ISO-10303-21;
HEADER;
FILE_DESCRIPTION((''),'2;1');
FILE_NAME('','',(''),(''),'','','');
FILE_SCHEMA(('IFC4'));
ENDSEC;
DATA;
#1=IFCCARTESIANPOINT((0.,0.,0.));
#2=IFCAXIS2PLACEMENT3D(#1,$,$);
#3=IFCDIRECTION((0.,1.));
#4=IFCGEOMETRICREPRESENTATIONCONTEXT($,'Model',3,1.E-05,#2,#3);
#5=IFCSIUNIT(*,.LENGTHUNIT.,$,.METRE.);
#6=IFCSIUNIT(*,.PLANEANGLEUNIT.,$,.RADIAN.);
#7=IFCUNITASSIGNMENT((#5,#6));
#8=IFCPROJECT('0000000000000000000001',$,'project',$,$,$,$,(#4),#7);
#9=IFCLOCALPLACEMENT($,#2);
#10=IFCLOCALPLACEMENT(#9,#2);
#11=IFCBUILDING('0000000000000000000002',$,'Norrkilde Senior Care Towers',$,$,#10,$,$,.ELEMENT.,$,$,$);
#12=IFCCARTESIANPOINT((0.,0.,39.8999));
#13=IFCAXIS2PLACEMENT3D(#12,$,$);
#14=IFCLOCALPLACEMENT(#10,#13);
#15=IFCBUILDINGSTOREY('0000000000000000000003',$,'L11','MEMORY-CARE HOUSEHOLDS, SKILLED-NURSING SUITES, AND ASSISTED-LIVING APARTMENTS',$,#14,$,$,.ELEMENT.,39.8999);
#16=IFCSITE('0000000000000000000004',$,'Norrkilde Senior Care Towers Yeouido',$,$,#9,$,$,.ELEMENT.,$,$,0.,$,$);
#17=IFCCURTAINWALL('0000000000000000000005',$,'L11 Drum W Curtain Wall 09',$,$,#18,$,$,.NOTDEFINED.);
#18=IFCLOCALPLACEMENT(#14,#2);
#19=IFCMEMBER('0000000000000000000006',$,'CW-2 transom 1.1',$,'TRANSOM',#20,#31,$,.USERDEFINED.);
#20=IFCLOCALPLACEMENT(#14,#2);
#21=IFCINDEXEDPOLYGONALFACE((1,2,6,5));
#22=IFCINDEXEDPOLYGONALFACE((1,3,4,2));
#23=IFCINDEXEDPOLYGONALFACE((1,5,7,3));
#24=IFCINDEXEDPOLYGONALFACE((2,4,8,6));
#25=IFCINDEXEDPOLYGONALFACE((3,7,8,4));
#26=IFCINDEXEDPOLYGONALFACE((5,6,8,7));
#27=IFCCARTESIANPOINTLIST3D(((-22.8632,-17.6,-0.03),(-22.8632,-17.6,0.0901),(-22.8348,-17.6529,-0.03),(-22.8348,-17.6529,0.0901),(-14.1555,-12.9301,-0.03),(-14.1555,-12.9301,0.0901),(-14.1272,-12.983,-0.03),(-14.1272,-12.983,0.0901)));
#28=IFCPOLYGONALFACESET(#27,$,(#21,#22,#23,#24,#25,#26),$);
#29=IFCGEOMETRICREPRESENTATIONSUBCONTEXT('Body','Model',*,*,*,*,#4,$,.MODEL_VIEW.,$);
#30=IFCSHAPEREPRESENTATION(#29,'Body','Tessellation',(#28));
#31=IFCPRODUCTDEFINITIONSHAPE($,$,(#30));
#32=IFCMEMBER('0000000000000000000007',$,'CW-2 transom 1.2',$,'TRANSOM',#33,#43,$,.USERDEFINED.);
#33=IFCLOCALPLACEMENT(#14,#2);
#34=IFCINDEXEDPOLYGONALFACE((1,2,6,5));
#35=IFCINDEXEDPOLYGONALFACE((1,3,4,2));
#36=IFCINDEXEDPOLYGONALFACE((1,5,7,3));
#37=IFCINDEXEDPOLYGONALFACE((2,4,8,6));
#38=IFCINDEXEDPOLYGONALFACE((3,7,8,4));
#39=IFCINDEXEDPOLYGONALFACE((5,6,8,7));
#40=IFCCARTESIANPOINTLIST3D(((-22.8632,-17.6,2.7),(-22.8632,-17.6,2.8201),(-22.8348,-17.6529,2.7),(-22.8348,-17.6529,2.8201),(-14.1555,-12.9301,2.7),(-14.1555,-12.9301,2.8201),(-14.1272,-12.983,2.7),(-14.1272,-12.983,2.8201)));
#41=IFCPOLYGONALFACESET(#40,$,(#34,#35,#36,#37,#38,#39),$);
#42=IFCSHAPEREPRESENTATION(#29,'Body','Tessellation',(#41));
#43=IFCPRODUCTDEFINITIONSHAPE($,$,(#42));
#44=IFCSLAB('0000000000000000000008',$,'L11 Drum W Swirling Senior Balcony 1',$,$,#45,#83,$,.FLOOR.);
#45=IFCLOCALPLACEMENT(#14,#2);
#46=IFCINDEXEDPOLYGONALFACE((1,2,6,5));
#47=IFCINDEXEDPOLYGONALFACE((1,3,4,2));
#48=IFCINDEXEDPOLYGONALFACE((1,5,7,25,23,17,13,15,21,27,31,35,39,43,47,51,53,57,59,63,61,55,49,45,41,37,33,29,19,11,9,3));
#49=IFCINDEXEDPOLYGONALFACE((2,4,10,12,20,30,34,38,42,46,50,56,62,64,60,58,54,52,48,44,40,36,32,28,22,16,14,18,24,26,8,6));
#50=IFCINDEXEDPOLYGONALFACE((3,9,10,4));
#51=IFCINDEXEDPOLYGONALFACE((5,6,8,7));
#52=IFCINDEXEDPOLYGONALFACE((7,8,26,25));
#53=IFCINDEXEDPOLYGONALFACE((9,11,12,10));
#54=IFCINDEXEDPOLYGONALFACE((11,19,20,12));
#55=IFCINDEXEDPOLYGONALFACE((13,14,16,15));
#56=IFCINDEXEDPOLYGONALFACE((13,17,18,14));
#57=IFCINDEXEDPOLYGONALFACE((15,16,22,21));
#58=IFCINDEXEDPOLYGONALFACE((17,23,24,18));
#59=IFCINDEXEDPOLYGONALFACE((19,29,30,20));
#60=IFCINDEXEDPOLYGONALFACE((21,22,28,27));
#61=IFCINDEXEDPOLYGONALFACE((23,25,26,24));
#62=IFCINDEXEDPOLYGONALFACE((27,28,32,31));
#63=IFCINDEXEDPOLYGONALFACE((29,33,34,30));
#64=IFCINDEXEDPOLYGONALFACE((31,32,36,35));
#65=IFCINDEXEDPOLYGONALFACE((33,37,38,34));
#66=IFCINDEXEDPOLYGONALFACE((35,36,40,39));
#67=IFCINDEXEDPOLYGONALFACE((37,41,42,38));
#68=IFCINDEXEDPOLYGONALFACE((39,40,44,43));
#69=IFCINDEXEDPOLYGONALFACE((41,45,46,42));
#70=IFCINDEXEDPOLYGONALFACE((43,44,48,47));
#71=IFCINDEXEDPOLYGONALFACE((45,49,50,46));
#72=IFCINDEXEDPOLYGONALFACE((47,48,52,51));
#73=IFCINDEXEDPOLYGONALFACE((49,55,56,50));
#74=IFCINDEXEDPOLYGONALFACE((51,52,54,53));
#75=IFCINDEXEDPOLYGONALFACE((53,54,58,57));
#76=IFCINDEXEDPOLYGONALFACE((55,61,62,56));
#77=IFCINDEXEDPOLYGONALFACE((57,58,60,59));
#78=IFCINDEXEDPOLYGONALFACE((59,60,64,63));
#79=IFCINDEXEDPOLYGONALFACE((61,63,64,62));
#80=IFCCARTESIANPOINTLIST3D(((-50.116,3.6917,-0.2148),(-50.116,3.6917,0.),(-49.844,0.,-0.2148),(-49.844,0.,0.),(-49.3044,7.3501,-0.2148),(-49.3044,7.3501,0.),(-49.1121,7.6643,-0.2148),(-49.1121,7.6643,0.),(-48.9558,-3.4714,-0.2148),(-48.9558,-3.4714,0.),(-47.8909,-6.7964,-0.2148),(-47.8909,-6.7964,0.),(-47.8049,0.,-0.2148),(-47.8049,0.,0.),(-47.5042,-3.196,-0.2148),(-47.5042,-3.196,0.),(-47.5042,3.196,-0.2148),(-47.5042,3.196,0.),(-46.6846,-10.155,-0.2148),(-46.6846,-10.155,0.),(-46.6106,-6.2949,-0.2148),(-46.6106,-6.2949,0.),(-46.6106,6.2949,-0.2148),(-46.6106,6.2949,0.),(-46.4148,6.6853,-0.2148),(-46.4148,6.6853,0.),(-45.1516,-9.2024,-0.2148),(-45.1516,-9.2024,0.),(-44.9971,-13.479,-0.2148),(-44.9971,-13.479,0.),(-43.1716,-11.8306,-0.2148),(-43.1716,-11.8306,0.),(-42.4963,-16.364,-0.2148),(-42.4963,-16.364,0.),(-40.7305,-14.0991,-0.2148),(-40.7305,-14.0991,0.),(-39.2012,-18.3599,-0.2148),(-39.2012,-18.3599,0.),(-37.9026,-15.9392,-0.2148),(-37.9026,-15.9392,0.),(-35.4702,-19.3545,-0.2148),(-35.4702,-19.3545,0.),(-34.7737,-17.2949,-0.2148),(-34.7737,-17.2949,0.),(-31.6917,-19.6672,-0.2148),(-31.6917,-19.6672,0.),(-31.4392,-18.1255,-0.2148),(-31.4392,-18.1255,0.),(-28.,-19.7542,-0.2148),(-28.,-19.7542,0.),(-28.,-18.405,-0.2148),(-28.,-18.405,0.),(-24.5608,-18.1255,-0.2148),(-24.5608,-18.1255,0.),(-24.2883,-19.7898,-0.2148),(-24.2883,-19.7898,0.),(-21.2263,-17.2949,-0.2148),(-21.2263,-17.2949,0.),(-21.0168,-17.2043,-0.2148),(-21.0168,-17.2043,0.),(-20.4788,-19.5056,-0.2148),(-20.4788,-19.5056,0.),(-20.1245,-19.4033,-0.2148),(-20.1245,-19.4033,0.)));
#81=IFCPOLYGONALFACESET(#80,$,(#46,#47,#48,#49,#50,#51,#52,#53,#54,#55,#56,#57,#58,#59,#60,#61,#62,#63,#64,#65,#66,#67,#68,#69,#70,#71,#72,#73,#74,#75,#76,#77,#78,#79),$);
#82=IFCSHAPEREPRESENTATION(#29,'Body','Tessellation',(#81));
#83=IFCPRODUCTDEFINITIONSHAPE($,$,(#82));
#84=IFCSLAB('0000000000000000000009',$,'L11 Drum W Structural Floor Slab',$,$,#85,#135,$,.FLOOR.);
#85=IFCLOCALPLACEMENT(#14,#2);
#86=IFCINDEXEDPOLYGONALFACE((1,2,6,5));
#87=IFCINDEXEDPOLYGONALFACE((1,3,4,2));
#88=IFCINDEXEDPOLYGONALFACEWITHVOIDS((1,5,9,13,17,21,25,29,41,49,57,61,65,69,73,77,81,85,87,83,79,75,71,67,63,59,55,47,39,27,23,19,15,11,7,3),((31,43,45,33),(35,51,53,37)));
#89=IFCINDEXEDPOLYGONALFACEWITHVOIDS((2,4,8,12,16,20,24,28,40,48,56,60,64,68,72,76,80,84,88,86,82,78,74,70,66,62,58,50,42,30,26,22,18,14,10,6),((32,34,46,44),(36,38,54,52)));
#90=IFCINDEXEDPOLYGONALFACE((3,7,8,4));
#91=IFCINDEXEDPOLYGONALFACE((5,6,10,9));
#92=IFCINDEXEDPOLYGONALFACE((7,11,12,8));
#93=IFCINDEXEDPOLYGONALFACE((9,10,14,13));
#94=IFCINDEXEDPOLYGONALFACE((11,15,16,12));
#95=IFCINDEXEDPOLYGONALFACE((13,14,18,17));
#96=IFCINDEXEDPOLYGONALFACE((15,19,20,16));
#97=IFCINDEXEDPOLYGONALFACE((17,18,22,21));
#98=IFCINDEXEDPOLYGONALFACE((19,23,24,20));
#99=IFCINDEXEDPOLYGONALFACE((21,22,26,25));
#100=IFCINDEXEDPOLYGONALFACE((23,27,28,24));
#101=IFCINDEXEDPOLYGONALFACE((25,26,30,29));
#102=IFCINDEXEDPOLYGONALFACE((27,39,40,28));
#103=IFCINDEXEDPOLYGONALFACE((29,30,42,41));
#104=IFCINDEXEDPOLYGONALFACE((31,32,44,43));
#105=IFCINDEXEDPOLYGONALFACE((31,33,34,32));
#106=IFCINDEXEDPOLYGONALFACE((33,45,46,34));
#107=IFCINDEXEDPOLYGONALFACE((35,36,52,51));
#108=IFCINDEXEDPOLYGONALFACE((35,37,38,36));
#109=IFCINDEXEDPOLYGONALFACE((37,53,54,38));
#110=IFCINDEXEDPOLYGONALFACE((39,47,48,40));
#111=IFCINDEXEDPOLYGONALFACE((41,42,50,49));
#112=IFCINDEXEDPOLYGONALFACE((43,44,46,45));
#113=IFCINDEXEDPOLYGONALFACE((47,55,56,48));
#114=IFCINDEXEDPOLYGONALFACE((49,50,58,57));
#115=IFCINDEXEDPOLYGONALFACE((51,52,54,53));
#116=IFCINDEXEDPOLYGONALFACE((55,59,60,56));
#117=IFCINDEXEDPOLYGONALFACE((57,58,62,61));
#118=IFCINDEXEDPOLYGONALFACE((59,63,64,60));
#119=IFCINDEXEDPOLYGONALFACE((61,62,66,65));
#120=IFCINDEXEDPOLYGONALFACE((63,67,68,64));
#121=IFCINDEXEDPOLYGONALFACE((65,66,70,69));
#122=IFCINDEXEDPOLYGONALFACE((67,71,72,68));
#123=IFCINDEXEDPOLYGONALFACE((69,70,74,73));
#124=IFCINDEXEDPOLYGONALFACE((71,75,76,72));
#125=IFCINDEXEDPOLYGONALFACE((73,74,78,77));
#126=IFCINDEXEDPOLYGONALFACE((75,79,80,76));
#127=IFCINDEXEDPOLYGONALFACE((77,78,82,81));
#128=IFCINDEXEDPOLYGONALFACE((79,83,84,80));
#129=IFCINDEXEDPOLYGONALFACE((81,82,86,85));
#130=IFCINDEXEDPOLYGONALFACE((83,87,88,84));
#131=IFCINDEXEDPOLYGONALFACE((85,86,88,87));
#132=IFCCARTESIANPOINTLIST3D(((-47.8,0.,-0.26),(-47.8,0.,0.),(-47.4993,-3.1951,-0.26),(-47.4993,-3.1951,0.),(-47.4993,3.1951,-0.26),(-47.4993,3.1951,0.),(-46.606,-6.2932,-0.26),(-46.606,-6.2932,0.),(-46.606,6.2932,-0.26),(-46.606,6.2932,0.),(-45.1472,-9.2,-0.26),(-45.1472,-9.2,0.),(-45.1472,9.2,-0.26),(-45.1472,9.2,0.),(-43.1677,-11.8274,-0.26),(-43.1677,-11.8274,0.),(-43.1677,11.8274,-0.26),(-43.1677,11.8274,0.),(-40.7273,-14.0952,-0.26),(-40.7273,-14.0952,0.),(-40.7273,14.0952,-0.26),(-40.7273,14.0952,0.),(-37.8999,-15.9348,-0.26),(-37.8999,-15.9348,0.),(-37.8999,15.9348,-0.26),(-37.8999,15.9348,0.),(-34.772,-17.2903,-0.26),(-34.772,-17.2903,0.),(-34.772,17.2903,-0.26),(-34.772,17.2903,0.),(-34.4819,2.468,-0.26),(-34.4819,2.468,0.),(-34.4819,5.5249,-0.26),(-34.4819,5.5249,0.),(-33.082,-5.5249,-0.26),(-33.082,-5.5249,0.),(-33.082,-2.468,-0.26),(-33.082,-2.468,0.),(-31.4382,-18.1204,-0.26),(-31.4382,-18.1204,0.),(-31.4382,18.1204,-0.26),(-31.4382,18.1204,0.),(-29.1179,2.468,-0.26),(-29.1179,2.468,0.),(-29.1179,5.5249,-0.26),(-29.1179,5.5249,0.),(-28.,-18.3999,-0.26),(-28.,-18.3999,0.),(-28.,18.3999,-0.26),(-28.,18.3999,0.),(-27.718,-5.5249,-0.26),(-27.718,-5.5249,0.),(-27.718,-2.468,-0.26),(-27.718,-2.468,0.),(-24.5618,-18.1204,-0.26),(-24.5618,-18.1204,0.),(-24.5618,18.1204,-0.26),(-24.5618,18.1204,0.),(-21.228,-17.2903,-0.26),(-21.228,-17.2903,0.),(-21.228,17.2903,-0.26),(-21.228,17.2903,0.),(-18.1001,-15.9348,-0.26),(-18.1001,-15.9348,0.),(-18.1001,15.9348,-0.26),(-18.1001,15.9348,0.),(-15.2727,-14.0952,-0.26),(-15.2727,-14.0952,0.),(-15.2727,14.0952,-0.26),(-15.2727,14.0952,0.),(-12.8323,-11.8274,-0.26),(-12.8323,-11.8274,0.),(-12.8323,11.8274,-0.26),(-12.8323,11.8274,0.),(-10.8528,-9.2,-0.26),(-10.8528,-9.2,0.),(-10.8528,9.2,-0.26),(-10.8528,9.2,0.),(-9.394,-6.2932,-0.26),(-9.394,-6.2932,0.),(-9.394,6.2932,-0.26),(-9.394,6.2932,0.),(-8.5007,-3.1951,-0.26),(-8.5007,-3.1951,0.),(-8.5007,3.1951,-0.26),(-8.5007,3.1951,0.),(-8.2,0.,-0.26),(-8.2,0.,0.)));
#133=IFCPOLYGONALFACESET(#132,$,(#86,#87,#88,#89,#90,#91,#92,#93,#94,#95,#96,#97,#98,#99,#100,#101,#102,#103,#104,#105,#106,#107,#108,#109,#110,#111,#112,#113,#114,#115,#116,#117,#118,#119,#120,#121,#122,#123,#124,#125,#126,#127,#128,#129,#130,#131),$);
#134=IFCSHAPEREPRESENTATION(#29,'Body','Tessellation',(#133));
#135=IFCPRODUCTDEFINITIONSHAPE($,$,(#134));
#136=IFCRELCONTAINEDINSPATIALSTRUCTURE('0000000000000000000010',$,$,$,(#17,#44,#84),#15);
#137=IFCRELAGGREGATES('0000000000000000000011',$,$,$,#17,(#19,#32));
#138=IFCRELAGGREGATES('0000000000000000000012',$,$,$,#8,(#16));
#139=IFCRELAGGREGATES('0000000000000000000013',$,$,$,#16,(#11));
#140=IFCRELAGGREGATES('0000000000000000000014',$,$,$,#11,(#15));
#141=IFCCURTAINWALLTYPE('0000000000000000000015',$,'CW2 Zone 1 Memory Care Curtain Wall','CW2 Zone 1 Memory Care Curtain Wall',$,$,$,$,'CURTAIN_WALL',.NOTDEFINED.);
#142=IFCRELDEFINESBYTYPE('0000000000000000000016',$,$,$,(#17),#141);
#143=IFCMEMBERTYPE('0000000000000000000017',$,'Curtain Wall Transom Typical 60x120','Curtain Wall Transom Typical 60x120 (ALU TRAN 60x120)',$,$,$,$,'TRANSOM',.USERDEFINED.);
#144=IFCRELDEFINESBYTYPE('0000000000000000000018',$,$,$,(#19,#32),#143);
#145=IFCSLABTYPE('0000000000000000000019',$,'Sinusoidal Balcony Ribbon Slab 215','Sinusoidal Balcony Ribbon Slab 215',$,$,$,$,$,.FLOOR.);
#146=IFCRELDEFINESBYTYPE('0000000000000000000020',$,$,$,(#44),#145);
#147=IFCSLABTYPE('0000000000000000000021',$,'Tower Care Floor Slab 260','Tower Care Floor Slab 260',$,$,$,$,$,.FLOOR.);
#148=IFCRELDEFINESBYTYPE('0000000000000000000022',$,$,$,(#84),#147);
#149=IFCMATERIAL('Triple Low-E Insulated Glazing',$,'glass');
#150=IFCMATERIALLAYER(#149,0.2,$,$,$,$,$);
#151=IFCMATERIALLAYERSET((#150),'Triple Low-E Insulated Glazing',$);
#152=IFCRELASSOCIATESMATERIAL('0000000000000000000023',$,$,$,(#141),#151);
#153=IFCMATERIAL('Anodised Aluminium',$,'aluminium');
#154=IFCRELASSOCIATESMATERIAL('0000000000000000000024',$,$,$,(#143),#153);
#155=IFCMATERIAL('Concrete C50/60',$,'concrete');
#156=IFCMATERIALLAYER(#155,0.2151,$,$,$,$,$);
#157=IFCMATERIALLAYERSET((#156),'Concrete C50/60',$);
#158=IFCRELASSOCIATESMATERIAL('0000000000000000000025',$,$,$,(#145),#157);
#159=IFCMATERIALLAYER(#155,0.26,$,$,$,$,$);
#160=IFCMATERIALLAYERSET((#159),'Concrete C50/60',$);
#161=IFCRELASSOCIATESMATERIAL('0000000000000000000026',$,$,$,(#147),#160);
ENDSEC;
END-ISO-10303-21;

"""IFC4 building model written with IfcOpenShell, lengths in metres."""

from ifc_helpers import new_model, si_unit, direction, frame, origin, origin_2d, place, context, subcontext, project, spatial, polyline, rectangle, outline, extrude, source, transform, mapped, material, layer, layer_set, material_profile, profile_set, type_object, element, aggregate, save


model = new_model("IFC4")

# Units and contexts
model_context = context("Model", 3, precision=1e-05, world=origin(), true_north=direction((0.0, 1.0)))
body_context = subcontext(model_context, "Body", "Model", "MODEL_VIEW")
ifc_project = project(units=[si_unit("LENGTHUNIT", "METRE"), si_unit("PLANEANGLEUNIT", "RADIAN")], contexts=[model_context])

# Site, building, storey
site_placement = place(None, origin())
site = spatial("IfcSite", under=ifc_project, at=site_placement, Name="Norrkilde Senior Care Towers Yeouido", CompositionType="ELEMENT", RefElevation=0.0)
building_placement = place(site_placement, origin())
building = spatial("IfcBuilding", under=site, at=building_placement, Name="Norrkilde Senior Care Towers", CompositionType="ELEMENT")
storey_placement = place(building_placement, frame((0.0, 0.0, 39.8999)))
storey = spatial("IfcBuildingStorey", under=building, at=storey_placement, Name="L11", Description="MEMORY-CARE HOUSEHOLDS, SKILLED-NURSING SUITES, AND ASSISTED-LIVING APARTMENTS", CompositionType="ELEMENT", Elevation=39.8999)

# Curtain wall
ifc_material_1 = material(Name="Triple Low-E Insulated Glazing", Category="glass")
ifc_layer_1 = layer(ifc_material_1, 0.2)
ifc_layer_set_1 = layer_set([ifc_layer_1], Name="Triple Low-E Insulated Glazing")
curtain_wall_type = type_object("IfcCurtainWallType", Name="CW2 Zone 1 Memory Care Curtain Wall", Description="CW2 Zone 1 Memory Care Curtain Wall", ElementType="CURTAIN_WALL", PredefinedType="NOTDEFINED", material=ifc_layer_set_1)
curtain_wall_1_placement = place(storey_placement, origin())
curtain_wall_1 = element("IfcCurtainWall", 1, at=curtain_wall_1_placement, inside=storey, type_object=curtain_wall_type, Name="L11 Drum W Curtain Wall 09", PredefinedType="NOTDEFINED")
ifc_material_2 = material(Name="Anodised Aluminium", Category="aluminium")

# Members
ifc_material_profile_1 = material_profile(ifc_material_2, rectangle(XDim=0.0601, YDim=0.1201, at=origin_2d()), Name="ALU TRAN 60x120")
ifc_profile_set_1 = profile_set([ifc_material_profile_1], Name="Anodised Aluminium")
member_type_1 = type_object("IfcMemberType", Name="Curtain Wall Transom Typical 60x120", Description="Curtain Wall Transom Typical 60x120 (ALU TRAN 60x120)", ElementType="TRANSOM", PredefinedType="USERDEFINED", material=ifc_profile_set_1)
shared_shape_1 = source(origin(), body_context, "Body", "SweptSolid", [
    extrude(rectangle(XDim=0.0601, YDim=0.1201, at=origin_2d()), origin(), (0.0, 0.0, 1.0), 9.8809),
])
member_1_placement = place(storey_placement, frame((-14.1414, -12.9565, 0.03), z_axis=(-0.881267, -0.472618, 0.0), x_axis=(0.472618, -0.881267, 0.0)))
member_1 = element("IfcMember", 2, at=member_1_placement, type_object=member_type_1, Name="CW-2 transom 1.1", ObjectType="TRANSOM", PredefinedType="USERDEFINED", context=body_context, shape_type="MappedRepresentation", body=[
    mapped(shared_shape_1, transform((0.0, 0.0, 0.0), x_axis=(1.0, 0.0, 0.0), y_axis=(0.0, 1.0, 0.0), z_axis=(0.0, 0.0, 1.0), scale=1.0)),
])
member_2_placement = place(storey_placement, frame((-14.1414, -12.9565, 2.76), z_axis=(-0.881267, -0.472618, 0.0), x_axis=(0.472618, -0.881267, 0.0)))
member_2 = element("IfcMember", 3, at=member_2_placement, type_object=member_type_1, Name="CW-2 transom 1.2", ObjectType="TRANSOM", PredefinedType="USERDEFINED", context=body_context, shape_type="MappedRepresentation", body=[
    mapped(shared_shape_1, transform((0.0, 0.0, 0.0), x_axis=(1.0, 0.0, 0.0), y_axis=(0.0, 1.0, 0.0), z_axis=(0.0, 0.0, 1.0), scale=1.0)),
])

# Slabs
ifc_material_3 = material(Name="Concrete C50/60", Category="concrete")
ifc_layer_2 = layer(ifc_material_3, 0.2151)
ifc_layer_set_2 = layer_set([ifc_layer_2], Name="Concrete C50/60")
slab_type_1 = type_object("IfcSlabType", Name="Sinusoidal Balcony Ribbon Slab 215", Description="Sinusoidal Balcony Ribbon Slab 215", PredefinedType="FLOOR", material=ifc_layer_set_2)
slab_1_placement = place(storey_placement, frame((0.0, 0.0, -0.2148)))
element("IfcSlab", 4, at=slab_1_placement, inside=storey, type_object=slab_type_1, Name="L11 Drum W Swirling Senior Balcony 1", PredefinedType="FLOOR", context=body_context, shape_type="SweptSolid", body=[
    extrude(outline(polyline([(-24.2883, -19.7898), (-28.0, -19.7542), (-31.6917, -19.6672), (-35.4702, -19.3545), (-39.2012, -18.3599), (-42.4963, -16.364), (-44.9971, -13.479), (-46.6846, -10.155), (-47.8909, -6.7964), (-48.9558, -3.4714), (-49.844, 0.0), (-50.116, 3.6917), (-49.3044, 7.3501), (-49.1121, 7.6643), (-46.4148, 6.6853), (-46.6106, 6.2949), (-47.5042, 3.196), (-47.8049, 0.0), (-47.5042, -3.196), (-46.6106, -6.2949), (-45.1516, -9.2024), (-43.1716, -11.8306), (-40.7305, -14.0991), (-37.9026, -15.9392), (-34.7737, -17.2949), (-31.4392, -18.1255), (-28.0, -18.405), (-24.5608, -18.1255), (-21.2263, -17.2949), (-21.0168, -17.2043), (-20.1245, -19.4033), (-20.4788, -19.5056), (-24.2883, -19.7898)])), origin(), (0.0, 0.0, 1.0), 0.2148),
])
ifc_layer_3 = layer(ifc_material_3, 0.26)
ifc_layer_set_3 = layer_set([ifc_layer_3], Name="Concrete C50/60")
slab_type_2 = type_object("IfcSlabType", Name="Tower Care Floor Slab 260", Description="Tower Care Floor Slab 260", PredefinedType="FLOOR", material=ifc_layer_set_3)
slab_2_placement = place(storey_placement, frame((0.0, 0.0, -0.26)))
element("IfcSlab", 5, at=slab_2_placement, inside=storey, type_object=slab_type_2, Name="L11 Drum W Structural Floor Slab", PredefinedType="FLOOR", context=body_context, shape_type="SweptSolid", body=[
    extrude(outline(polyline([(-9.394, -6.2932), (-10.8528, -9.2), (-12.8323, -11.8274), (-15.2727, -14.0952), (-18.1001, -15.9348), (-21.228, -17.2903), (-24.5618, -18.1204), (-28.0, -18.3999), (-31.4382, -18.1204), (-34.772, -17.2903), (-37.8999, -15.9348), (-40.7273, -14.0952), (-43.1677, -11.8274), (-45.1472, -9.2), (-46.606, -6.2932), (-47.4993, -3.1951), (-47.8, 0.0), (-47.4993, 3.1951), (-46.606, 6.2932), (-45.1472, 9.2), (-43.1677, 11.8274), (-40.7273, 14.0952), (-37.8999, 15.9348), (-34.772, 17.2903), (-31.4382, 18.1204), (-28.0, 18.3999), (-24.5618, 18.1204), (-21.228, 17.2903), (-18.1001, 15.9348), (-15.2727, 14.0952), (-12.8323, 11.8274), (-10.8528, 9.2), (-9.394, 6.2932), (-8.5007, 3.1951), (-8.2, 0.0), (-8.5007, -3.1951), (-9.394, -6.2932)]), holes=[polyline([(-34.4819, 2.468), (-29.1179, 2.468), (-29.1179, 5.5249), (-34.4819, 5.5249), (-34.4819, 2.468)]), polyline([(-27.718, -5.5249), (-27.718, -2.468), (-33.082, -2.468), (-33.082, -5.5249), (-27.718, -5.5249)])]), origin(), (0.0, 0.0, 1.0), 0.26),
])

aggregate(curtain_wall_1, [member_1, member_2])

save(model, "model.ifc")
